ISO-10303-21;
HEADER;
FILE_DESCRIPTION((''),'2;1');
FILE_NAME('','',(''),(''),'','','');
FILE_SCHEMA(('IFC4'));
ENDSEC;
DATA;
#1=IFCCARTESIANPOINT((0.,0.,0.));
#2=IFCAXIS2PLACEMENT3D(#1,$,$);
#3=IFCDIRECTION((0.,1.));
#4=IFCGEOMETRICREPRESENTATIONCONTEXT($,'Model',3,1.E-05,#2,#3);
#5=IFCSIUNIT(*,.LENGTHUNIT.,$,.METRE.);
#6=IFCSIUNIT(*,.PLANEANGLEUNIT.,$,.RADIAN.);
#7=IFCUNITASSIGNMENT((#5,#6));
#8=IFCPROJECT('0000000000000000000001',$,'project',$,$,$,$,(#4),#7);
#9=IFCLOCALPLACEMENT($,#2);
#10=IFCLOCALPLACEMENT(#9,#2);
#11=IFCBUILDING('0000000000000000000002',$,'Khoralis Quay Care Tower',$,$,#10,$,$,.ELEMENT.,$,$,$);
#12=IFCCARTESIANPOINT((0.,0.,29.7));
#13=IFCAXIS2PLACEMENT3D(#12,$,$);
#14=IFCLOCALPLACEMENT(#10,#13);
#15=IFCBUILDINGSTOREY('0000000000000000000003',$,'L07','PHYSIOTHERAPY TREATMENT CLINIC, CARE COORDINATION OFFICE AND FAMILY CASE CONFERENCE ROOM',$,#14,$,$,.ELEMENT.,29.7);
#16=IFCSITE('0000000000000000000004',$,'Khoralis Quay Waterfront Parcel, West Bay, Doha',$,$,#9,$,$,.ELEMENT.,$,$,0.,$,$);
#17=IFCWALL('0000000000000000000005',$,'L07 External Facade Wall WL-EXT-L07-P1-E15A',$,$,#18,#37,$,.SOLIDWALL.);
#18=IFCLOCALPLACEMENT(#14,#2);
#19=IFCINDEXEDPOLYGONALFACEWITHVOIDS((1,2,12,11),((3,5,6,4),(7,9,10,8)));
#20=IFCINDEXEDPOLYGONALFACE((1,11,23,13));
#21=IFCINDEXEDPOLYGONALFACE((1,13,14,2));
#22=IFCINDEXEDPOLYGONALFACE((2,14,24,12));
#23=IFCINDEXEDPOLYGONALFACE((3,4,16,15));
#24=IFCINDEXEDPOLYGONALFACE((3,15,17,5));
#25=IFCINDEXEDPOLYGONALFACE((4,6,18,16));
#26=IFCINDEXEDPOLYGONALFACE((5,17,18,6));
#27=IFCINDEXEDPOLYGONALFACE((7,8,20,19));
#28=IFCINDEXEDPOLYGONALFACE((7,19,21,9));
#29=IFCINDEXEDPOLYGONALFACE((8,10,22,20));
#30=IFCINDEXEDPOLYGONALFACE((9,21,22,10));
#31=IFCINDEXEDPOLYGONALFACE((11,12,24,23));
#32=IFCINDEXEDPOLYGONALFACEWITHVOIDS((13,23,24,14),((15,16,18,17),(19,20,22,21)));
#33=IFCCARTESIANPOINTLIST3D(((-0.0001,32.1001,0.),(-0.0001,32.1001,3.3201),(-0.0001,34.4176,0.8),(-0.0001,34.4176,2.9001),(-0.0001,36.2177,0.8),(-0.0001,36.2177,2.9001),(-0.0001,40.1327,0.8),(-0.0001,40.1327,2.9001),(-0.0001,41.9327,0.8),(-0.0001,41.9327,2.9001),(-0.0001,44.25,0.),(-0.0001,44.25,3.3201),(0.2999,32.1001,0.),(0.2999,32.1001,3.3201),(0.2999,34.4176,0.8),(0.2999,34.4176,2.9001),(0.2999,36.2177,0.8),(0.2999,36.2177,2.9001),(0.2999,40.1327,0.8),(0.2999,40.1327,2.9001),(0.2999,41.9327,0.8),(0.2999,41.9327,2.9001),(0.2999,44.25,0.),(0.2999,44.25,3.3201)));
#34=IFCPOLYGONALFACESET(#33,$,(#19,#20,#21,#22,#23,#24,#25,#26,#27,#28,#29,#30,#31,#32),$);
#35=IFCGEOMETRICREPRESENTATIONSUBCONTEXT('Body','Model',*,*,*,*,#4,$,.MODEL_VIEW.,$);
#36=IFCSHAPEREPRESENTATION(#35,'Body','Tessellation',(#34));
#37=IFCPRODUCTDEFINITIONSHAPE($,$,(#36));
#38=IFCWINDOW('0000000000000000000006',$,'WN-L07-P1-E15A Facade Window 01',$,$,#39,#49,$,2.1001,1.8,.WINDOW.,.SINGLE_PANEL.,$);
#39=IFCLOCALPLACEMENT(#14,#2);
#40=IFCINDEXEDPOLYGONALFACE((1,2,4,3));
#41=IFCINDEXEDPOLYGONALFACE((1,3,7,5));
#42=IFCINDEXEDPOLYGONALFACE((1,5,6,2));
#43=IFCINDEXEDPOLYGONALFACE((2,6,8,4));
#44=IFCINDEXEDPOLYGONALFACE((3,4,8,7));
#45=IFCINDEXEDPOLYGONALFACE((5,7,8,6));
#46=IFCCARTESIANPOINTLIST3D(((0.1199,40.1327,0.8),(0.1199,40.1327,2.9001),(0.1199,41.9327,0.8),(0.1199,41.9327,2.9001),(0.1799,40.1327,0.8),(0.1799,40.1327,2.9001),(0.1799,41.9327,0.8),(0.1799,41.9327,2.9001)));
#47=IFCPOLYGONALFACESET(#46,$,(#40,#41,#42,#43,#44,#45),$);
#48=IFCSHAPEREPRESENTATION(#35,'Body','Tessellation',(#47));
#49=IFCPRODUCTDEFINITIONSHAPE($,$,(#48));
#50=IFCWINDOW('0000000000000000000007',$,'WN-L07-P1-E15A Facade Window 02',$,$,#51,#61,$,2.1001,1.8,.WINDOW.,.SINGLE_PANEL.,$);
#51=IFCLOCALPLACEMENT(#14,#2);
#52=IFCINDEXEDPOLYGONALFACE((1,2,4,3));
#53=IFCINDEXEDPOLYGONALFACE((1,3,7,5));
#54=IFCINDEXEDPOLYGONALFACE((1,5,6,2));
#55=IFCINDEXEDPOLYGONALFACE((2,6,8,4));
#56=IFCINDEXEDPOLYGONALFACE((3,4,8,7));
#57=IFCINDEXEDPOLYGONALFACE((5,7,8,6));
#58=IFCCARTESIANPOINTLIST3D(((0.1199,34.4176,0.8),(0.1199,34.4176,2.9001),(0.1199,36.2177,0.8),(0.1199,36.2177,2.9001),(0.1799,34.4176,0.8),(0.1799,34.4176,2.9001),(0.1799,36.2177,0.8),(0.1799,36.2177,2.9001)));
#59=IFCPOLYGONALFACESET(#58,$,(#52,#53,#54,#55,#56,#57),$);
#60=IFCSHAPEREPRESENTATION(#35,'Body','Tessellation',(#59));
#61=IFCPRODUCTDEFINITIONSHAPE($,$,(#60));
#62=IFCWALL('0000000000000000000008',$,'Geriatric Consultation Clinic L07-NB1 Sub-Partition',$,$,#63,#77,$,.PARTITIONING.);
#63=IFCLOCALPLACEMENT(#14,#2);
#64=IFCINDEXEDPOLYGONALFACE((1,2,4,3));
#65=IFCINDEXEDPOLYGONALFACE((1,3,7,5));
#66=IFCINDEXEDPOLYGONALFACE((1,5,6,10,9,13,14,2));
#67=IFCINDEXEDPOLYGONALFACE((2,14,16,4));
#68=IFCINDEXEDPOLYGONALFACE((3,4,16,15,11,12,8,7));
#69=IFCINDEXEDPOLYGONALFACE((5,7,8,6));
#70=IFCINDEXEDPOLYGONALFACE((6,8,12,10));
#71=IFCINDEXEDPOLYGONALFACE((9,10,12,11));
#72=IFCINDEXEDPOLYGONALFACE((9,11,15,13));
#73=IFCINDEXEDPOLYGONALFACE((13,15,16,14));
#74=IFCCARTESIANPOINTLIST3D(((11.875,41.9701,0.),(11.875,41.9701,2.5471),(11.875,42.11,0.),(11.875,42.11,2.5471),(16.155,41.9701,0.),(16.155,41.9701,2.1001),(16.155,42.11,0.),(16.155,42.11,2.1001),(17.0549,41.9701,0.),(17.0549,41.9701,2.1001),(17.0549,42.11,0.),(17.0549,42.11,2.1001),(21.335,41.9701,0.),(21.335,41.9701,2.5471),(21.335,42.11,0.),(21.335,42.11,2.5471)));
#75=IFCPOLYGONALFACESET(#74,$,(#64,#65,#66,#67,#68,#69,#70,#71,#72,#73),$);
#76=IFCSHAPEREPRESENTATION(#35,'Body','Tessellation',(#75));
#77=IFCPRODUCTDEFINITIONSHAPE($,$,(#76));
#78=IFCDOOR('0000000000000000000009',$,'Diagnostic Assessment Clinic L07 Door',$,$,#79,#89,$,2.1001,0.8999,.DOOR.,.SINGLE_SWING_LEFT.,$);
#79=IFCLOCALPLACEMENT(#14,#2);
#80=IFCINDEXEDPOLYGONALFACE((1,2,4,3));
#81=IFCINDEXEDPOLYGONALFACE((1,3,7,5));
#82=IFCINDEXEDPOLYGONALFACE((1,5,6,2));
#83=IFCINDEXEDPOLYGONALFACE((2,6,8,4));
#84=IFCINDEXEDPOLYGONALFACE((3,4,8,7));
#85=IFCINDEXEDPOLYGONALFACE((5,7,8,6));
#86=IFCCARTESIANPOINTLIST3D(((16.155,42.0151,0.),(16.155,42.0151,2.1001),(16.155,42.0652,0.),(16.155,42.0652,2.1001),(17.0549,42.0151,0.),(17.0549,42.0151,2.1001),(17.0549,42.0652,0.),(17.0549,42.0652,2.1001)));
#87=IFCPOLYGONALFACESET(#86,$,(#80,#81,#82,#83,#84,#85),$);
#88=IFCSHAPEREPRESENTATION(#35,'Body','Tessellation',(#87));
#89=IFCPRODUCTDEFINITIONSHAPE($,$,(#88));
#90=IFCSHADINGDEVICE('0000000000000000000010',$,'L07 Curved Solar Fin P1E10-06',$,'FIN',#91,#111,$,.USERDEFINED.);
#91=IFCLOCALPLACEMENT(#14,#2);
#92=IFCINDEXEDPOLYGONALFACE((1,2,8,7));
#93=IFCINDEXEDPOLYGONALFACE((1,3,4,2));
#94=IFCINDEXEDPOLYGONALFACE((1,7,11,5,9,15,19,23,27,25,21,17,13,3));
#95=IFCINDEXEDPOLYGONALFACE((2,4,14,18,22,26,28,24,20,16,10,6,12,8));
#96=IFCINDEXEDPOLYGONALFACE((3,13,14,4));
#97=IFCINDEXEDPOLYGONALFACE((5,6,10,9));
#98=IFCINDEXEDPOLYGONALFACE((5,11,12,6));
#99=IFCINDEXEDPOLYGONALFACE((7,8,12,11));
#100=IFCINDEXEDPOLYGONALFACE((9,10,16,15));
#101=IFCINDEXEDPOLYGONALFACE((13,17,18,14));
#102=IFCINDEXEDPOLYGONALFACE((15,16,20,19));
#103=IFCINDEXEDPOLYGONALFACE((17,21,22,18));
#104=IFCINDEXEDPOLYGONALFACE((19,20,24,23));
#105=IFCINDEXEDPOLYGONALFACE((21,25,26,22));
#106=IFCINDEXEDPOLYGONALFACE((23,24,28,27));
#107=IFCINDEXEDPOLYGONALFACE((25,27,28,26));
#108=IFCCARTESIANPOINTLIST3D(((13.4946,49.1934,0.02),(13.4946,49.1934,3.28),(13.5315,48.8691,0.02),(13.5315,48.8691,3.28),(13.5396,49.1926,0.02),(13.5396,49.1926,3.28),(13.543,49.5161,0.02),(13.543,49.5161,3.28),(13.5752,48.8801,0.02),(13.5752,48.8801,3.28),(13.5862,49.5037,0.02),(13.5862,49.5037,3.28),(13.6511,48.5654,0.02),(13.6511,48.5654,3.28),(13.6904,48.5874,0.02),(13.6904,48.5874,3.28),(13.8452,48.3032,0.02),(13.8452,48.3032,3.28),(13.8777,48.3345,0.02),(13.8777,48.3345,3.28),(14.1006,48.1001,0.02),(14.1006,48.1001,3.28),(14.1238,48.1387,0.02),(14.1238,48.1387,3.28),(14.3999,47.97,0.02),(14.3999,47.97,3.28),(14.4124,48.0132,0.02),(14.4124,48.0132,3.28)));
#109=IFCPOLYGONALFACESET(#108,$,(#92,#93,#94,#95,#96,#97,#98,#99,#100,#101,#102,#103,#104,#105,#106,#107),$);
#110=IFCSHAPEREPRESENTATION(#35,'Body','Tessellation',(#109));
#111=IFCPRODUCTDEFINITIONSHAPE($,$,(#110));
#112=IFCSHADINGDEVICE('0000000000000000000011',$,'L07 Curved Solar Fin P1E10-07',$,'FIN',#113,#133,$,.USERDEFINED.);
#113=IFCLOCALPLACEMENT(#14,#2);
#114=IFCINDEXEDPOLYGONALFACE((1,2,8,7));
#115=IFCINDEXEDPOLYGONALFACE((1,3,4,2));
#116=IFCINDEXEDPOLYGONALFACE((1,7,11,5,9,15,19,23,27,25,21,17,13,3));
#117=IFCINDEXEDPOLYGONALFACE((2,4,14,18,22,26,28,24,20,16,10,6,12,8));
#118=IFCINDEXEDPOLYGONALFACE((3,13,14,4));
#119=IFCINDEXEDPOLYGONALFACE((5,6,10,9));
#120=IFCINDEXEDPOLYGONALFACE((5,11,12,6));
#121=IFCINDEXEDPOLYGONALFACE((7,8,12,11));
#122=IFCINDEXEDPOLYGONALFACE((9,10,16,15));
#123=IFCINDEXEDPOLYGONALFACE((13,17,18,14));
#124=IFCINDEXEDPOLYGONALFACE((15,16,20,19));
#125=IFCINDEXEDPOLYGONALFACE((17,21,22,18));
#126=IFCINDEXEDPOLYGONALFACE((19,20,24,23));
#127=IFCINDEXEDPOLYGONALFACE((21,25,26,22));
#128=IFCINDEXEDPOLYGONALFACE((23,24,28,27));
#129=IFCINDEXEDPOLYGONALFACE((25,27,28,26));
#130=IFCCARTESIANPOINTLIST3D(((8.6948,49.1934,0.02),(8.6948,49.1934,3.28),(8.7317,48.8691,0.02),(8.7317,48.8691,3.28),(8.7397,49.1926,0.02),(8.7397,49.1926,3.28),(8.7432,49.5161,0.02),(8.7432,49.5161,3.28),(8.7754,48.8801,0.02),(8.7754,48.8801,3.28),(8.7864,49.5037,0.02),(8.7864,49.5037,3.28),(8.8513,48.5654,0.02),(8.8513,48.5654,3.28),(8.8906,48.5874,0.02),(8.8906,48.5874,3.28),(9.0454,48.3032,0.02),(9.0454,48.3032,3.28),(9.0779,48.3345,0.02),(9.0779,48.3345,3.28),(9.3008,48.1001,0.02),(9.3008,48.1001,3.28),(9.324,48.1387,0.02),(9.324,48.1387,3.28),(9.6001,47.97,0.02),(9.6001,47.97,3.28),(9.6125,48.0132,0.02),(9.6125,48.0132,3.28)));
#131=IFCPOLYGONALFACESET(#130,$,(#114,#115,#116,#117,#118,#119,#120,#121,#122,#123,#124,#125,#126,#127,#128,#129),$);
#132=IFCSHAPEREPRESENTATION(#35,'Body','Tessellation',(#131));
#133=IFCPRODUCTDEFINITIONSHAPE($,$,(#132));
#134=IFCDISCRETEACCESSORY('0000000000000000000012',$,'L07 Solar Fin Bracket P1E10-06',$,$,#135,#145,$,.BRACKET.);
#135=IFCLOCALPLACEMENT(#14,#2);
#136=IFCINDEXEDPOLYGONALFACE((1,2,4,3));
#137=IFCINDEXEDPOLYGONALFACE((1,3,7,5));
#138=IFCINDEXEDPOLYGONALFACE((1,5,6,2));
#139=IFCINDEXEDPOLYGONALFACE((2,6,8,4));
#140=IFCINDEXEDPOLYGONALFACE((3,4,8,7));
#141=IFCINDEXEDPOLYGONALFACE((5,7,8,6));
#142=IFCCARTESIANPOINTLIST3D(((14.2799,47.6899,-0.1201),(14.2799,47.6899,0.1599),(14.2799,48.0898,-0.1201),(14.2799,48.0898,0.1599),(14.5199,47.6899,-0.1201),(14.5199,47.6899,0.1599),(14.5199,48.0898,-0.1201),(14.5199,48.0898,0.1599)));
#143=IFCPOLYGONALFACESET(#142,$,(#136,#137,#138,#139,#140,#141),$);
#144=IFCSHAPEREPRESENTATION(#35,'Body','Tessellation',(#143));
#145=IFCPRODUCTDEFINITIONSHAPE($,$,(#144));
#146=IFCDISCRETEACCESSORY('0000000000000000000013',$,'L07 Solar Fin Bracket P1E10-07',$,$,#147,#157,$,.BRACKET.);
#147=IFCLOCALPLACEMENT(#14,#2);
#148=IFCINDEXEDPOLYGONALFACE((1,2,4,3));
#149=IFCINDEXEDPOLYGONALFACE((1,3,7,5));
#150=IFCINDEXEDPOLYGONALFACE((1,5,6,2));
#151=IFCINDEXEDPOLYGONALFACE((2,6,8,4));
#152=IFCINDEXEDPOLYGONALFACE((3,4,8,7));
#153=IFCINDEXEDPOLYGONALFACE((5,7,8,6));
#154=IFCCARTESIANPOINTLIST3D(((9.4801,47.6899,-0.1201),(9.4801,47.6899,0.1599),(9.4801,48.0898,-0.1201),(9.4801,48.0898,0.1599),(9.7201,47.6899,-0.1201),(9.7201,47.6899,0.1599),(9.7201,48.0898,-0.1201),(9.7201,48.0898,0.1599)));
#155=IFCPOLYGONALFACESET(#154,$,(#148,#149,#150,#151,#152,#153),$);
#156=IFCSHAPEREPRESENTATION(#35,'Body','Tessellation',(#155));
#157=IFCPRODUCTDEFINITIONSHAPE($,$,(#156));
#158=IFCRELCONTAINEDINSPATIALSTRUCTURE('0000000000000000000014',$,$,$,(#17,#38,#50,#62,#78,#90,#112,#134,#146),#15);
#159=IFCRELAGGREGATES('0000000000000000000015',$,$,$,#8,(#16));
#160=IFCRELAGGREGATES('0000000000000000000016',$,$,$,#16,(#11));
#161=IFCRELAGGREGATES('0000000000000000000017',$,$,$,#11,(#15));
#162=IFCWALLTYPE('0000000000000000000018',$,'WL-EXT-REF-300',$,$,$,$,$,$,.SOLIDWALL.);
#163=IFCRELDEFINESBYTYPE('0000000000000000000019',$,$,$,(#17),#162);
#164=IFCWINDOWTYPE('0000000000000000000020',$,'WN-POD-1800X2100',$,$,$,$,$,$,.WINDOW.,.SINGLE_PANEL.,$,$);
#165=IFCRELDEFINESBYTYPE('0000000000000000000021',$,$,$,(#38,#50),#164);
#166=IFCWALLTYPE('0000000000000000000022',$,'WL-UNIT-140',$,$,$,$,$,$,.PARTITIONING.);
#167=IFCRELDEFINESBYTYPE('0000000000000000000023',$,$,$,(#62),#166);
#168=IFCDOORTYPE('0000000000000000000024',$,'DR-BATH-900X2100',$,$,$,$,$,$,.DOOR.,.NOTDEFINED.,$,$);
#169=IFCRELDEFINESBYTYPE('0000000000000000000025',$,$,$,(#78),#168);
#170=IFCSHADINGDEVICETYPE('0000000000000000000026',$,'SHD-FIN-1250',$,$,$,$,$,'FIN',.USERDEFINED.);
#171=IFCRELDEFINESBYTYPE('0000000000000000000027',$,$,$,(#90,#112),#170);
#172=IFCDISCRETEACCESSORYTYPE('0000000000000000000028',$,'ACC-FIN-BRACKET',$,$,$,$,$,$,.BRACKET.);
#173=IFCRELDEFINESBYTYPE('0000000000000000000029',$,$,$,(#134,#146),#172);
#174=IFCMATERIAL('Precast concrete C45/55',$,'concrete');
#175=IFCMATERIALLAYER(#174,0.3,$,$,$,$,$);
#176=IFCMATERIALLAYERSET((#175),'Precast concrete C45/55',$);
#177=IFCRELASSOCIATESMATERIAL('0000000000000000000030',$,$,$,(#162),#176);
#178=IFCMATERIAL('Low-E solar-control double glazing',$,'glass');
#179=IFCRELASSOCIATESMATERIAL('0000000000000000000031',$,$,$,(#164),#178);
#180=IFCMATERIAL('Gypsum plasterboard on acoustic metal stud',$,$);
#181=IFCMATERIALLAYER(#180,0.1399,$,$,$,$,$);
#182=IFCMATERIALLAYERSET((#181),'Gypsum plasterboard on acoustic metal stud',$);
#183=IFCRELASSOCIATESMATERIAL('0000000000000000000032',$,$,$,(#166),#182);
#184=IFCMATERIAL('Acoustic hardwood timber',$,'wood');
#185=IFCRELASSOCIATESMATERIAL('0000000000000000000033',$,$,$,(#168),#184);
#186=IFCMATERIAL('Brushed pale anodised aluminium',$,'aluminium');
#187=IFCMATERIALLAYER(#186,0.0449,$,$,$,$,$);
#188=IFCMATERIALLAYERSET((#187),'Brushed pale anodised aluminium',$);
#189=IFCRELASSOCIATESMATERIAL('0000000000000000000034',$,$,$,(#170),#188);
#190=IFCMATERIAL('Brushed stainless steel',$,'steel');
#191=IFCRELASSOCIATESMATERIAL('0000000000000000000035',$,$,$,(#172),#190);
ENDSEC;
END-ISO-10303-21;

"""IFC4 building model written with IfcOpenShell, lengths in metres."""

from ifc_helpers import new_model, si_unit, direction, frame, frame_2d, origin, origin_2d, place, context, subcontext, project, spatial, polyline, rectangle, outline, extrude, source, transform, mapped, material, layer, layer_set, type_object, element, fill, save


model = new_model("IFC4")

# Units and contexts
model_context = context("Model", 3, precision=1e-05, world=origin(), true_north=direction((0.0, 1.0)))
body_context = subcontext(model_context, "Body", "Model", "MODEL_VIEW")
ifc_project = project(units=[si_unit("LENGTHUNIT", "METRE"), si_unit("PLANEANGLEUNIT", "RADIAN")], contexts=[model_context])

# Site, building, storey
site_placement = place(None, origin())
site = spatial("IfcSite", under=ifc_project, at=site_placement, Name="Khoralis Quay Waterfront Parcel, West Bay, Doha", CompositionType="ELEMENT", RefElevation=0.0)
building_placement = place(site_placement, origin())
building = spatial("IfcBuilding", under=site, at=building_placement, Name="Khoralis Quay Care Tower", CompositionType="ELEMENT")
storey_placement = place(building_placement, frame((0.0, 0.0, 29.7)))
storey = spatial("IfcBuildingStorey", under=building, at=storey_placement, Name="L07", Description="PHYSIOTHERAPY TREATMENT CLINIC, CARE COORDINATION OFFICE AND FAMILY CASE CONFERENCE ROOM", CompositionType="ELEMENT", Elevation=29.7)

# Shared definitions
ifc_material_1 = material(Name="Precast concrete C45/55", Category="concrete")
ifc_layer_1 = layer(ifc_material_1, 0.3)
ifc_layer_set_1 = layer_set([ifc_layer_1], Name="Precast concrete C45/55")
wall_type_1 = type_object("IfcWallType", Name="WL-EXT-REF-300", PredefinedType="SOLIDWALL", material=ifc_layer_set_1)

# Wall, openings, windows
wall_1_placement = place(storey_placement, frame((0.1499, 44.25, 0.0), z_axis=(0.0, 0.0, 1.0), x_axis=(0.0, -1.0, 0.0)))
wall_1 = element("IfcWall", 1, at=wall_1_placement, inside=storey, type_object=wall_type_1, Name="L07 External Facade Wall WL-EXT-L07-P1-E15A", PredefinedType="SOLIDWALL", context=body_context, shape_type="SweptSolid", body=[
    extrude(rectangle(XDim=12.1499, YDim=0.3, at=frame_2d((6.075, 0.0))), origin(), (0.0, 0.0, 1.0), 3.3201),
])
opening_1_placement = place(wall_1_placement, frame((2.3174, 0.0, 0.8)))
opening_1 = element("IfcOpeningElement", 2, at=opening_1_placement, cuts=wall_1, PredefinedType="OPENING", context=body_context, shape_type="SweptSolid", body=[
    extrude(rectangle(XDim=1.8, YDim=2.1001, at=frame_2d((0.8999, 1.05))), frame((0.0, 0.1602, 0.0), z_axis=(0.0, -1.0, 0.0), x_axis=(1.0, 0.0, 0.0)), (0.0, 0.0, 1.0), 0.3201),
])
opening_2_placement = place(wall_1_placement, frame((8.0325, 0.0, 0.8)))
opening_2 = element("IfcOpeningElement", 3, at=opening_2_placement, cuts=wall_1, PredefinedType="OPENING", context=body_context, shape_type="SweptSolid", body=[
    extrude(rectangle(XDim=1.8, YDim=2.1001, at=frame_2d((0.8999, 1.05))), frame((0.0, 0.1602, 0.0), z_axis=(0.0, -1.0, 0.0), x_axis=(1.0, 0.0, 0.0)), (0.0, 0.0, 1.0), 0.3201),
])
ifc_material_2 = material(Name="Low-E solar-control double glazing", Category="glass")
window_type = type_object("IfcWindowType", Name="WN-POD-1800X2100", PartitioningType="SINGLE_PANEL", PredefinedType="WINDOW", material=ifc_material_2)
shared_shape_1 = source(origin(), body_context, "Body", "SweptSolid", [
    extrude(rectangle(XDim=1.8, YDim=2.1001, at=frame_2d((0.8999, 1.05))), frame((0.0, 0.03, 0.0), z_axis=(0.0, -1.0, 0.0), x_axis=(1.0, 0.0, 0.0)), (0.0, 0.0, 1.0), 0.0601),
])
window_1_placement = place(opening_1_placement, origin())
window_1 = element("IfcWindow", 4, at=window_1_placement, inside=storey, type_object=window_type, Name="WN-L07-P1-E15A Facade Window 01", OverallHeight=2.1001, OverallWidth=1.8, PartitioningType="SINGLE_PANEL", PredefinedType="WINDOW", context=body_context, shape_type="MappedRepresentation", body=[
    mapped(shared_shape_1, transform((0.0, 0.0, 0.0), scale=1.0)),
])
fill(opening_1, window_1)
window_2_placement = place(opening_2_placement, origin())
window_2 = element("IfcWindow", 5, at=window_2_placement, inside=storey, type_object=window_type, Name="WN-L07-P1-E15A Facade Window 02", OverallHeight=2.1001, OverallWidth=1.8, PartitioningType="SINGLE_PANEL", PredefinedType="WINDOW", context=body_context, shape_type="MappedRepresentation", body=[
    mapped(shared_shape_1, transform((0.0, 0.0, 0.0), scale=1.0)),
])
fill(opening_2, window_2)

# Wall, opening, door
ifc_material_3 = material(Name="Gypsum plasterboard on acoustic metal stud")
ifc_layer_2 = layer(ifc_material_3, 0.1399)
ifc_layer_set_2 = layer_set([ifc_layer_2], Name="Gypsum plasterboard on acoustic metal stud")
wall_type_2 = type_object("IfcWallType", Name="WL-UNIT-140", PredefinedType="PARTITIONING", material=ifc_layer_set_2)
wall_2_placement = place(storey_placement, frame((11.875, 42.04, 0.0), z_axis=(0.0, 0.0, 1.0), x_axis=(1.0, 0.0, 0.0)))
wall_2 = element("IfcWall", 6, at=wall_2_placement, inside=storey, type_object=wall_type_2, Name="Geriatric Consultation Clinic L07-NB1 Sub-Partition", PredefinedType="PARTITIONING", context=body_context, shape_type="SweptSolid", body=[
    extrude(rectangle(XDim=9.46, YDim=0.1399, at=frame_2d((4.73, 0.0))), origin(), (0.0, 0.0, 1.0), 2.5471),
])
opening_3_placement = place(wall_2_placement, frame((4.28, 0.0, 0.0)))
opening_3 = element("IfcOpeningElement", 7, at=opening_3_placement, cuts=wall_2, PredefinedType="OPENING", context=body_context, shape_type="SweptSolid", body=[
    extrude(rectangle(XDim=0.8999, YDim=2.1001, at=frame_2d((0.45, 1.05))), frame((0.0, 0.0801, 0.0), z_axis=(0.0, -1.0, 0.0), x_axis=(1.0, 0.0, 0.0)), (0.0, 0.0, 1.0), 0.1599),
])
ifc_material_4 = material(Name="Acoustic hardwood timber", Category="wood")
door_type = type_object("IfcDoorType", Name="DR-BATH-900X2100", OperationType="NOTDEFINED", PredefinedType="DOOR", material=ifc_material_4)
shared_shape_2 = source(origin(), body_context, "Body", "SweptSolid", [
    extrude(rectangle(XDim=0.8999, YDim=2.1001, at=frame_2d((0.45, 1.05))), frame((0.0, 0.0249, 0.0), z_axis=(0.0, -1.0, 0.0), x_axis=(1.0, 0.0, 0.0)), (0.0, 0.0, 1.0), 0.05),
])
door_placement = place(opening_3_placement, frame((0.8999, 0.0, 0.0), z_axis=(0.0, 0.0, 1.0), x_axis=(-1.0, 0.0, 0.0)))
door = element("IfcDoor", 8, at=door_placement, inside=storey, type_object=door_type, Name="Diagnostic Assessment Clinic L07 Door", OperationType="SINGLE_SWING_LEFT", OverallHeight=2.1001, OverallWidth=0.8999, PredefinedType="DOOR", context=body_context, shape_type="MappedRepresentation", body=[
    mapped(shared_shape_2, transform((0.0, 0.0, 0.0), scale=1.0)),
])
fill(opening_3, door)

# Shading devices
ifc_material_5 = material(Name="Brushed pale anodised aluminium", Category="aluminium")
ifc_layer_3 = layer(ifc_material_5, 0.0449)
ifc_layer_set_3 = layer_set([ifc_layer_3], Name="Brushed pale anodised aluminium")
shading_device_type = type_object("IfcShadingDeviceType", Name="SHD-FIN-1250", ElementType="FIN", PredefinedType="USERDEFINED", material=ifc_layer_set_3)
shared_shape_3 = source(origin(), body_context, "Body", "SweptSolid", [
    extrude(outline(polyline([(0.0, 0.0), (0.1301, 0.2993), (0.3333, 0.5547), (0.5955, 0.7488), (0.8992, 0.8684), (1.2234, 0.9053), (1.5461, 0.8569), (1.5337, 0.8137), (1.2227, 0.8604), (0.9102, 0.8247), (0.6174, 0.7095), (0.3645, 0.5222), (0.1687, 0.2761), (0.0432, -0.0125), (0.0, 0.0)])), origin(), (0.0, 0.0, 1.0), 3.26),
])
for number, where, z_axis, x_axis, name in (
    (9, (14.3999, 47.97, 0.02), (0.0, 0.0, 1.0), (0.0, 1.0, 0.0), "L07 Curved Solar Fin P1E10-06"),
    (10, (9.6001, 47.97, 0.02), (0.0, 0.0, 1.0), (0.0, 1.0, 0.0), "L07 Curved Solar Fin P1E10-07"),
):
    element("IfcShadingDevice", number, at=place(storey_placement, frame(where, z_axis=z_axis, x_axis=x_axis)), inside=storey, type_object=shading_device_type, Name=name, ObjectType="FIN", PredefinedType="USERDEFINED", context=body_context, shape_type="MappedRepresentation", body=[
        mapped(shared_shape_3, transform((0.0, 0.0, 0.0), scale=1.0)),
    ])

# Discrete accessories
ifc_material_6 = material(Name="Brushed stainless steel", Category="steel")
discrete_accessory_type = type_object("IfcDiscreteAccessoryType", Name="ACC-FIN-BRACKET", PredefinedType="BRACKET", material=ifc_material_6)
shared_shape_4 = source(origin(), body_context, "Body", "SweptSolid", [
    extrude(rectangle(XDim=0.3999, YDim=0.24, at=origin_2d()), origin(), (0.0, 0.0, 1.0), 0.28),
])
for number, where, z_axis, x_axis, name in (
    (11, (14.3999, 47.8899, -0.1201), (0.0, 0.0, 1.0), (0.0, 1.0, 0.0), "L07 Solar Fin Bracket P1E10-06"),
    (12, (9.6001, 47.8899, -0.1201), (0.0, 0.0, 1.0), (0.0, 1.0, 0.0), "L07 Solar Fin Bracket P1E10-07"),
):
    element("IfcDiscreteAccessory", number, at=place(storey_placement, frame(where, z_axis=z_axis, x_axis=x_axis)), inside=storey, type_object=discrete_accessory_type, Name=name, PredefinedType="BRACKET", context=body_context, shape_type="MappedRepresentation", body=[
        mapped(shared_shape_4, transform((0.0, 0.0, 0.0), scale=1.0)),
    ])

save(model, "model.ifc")
